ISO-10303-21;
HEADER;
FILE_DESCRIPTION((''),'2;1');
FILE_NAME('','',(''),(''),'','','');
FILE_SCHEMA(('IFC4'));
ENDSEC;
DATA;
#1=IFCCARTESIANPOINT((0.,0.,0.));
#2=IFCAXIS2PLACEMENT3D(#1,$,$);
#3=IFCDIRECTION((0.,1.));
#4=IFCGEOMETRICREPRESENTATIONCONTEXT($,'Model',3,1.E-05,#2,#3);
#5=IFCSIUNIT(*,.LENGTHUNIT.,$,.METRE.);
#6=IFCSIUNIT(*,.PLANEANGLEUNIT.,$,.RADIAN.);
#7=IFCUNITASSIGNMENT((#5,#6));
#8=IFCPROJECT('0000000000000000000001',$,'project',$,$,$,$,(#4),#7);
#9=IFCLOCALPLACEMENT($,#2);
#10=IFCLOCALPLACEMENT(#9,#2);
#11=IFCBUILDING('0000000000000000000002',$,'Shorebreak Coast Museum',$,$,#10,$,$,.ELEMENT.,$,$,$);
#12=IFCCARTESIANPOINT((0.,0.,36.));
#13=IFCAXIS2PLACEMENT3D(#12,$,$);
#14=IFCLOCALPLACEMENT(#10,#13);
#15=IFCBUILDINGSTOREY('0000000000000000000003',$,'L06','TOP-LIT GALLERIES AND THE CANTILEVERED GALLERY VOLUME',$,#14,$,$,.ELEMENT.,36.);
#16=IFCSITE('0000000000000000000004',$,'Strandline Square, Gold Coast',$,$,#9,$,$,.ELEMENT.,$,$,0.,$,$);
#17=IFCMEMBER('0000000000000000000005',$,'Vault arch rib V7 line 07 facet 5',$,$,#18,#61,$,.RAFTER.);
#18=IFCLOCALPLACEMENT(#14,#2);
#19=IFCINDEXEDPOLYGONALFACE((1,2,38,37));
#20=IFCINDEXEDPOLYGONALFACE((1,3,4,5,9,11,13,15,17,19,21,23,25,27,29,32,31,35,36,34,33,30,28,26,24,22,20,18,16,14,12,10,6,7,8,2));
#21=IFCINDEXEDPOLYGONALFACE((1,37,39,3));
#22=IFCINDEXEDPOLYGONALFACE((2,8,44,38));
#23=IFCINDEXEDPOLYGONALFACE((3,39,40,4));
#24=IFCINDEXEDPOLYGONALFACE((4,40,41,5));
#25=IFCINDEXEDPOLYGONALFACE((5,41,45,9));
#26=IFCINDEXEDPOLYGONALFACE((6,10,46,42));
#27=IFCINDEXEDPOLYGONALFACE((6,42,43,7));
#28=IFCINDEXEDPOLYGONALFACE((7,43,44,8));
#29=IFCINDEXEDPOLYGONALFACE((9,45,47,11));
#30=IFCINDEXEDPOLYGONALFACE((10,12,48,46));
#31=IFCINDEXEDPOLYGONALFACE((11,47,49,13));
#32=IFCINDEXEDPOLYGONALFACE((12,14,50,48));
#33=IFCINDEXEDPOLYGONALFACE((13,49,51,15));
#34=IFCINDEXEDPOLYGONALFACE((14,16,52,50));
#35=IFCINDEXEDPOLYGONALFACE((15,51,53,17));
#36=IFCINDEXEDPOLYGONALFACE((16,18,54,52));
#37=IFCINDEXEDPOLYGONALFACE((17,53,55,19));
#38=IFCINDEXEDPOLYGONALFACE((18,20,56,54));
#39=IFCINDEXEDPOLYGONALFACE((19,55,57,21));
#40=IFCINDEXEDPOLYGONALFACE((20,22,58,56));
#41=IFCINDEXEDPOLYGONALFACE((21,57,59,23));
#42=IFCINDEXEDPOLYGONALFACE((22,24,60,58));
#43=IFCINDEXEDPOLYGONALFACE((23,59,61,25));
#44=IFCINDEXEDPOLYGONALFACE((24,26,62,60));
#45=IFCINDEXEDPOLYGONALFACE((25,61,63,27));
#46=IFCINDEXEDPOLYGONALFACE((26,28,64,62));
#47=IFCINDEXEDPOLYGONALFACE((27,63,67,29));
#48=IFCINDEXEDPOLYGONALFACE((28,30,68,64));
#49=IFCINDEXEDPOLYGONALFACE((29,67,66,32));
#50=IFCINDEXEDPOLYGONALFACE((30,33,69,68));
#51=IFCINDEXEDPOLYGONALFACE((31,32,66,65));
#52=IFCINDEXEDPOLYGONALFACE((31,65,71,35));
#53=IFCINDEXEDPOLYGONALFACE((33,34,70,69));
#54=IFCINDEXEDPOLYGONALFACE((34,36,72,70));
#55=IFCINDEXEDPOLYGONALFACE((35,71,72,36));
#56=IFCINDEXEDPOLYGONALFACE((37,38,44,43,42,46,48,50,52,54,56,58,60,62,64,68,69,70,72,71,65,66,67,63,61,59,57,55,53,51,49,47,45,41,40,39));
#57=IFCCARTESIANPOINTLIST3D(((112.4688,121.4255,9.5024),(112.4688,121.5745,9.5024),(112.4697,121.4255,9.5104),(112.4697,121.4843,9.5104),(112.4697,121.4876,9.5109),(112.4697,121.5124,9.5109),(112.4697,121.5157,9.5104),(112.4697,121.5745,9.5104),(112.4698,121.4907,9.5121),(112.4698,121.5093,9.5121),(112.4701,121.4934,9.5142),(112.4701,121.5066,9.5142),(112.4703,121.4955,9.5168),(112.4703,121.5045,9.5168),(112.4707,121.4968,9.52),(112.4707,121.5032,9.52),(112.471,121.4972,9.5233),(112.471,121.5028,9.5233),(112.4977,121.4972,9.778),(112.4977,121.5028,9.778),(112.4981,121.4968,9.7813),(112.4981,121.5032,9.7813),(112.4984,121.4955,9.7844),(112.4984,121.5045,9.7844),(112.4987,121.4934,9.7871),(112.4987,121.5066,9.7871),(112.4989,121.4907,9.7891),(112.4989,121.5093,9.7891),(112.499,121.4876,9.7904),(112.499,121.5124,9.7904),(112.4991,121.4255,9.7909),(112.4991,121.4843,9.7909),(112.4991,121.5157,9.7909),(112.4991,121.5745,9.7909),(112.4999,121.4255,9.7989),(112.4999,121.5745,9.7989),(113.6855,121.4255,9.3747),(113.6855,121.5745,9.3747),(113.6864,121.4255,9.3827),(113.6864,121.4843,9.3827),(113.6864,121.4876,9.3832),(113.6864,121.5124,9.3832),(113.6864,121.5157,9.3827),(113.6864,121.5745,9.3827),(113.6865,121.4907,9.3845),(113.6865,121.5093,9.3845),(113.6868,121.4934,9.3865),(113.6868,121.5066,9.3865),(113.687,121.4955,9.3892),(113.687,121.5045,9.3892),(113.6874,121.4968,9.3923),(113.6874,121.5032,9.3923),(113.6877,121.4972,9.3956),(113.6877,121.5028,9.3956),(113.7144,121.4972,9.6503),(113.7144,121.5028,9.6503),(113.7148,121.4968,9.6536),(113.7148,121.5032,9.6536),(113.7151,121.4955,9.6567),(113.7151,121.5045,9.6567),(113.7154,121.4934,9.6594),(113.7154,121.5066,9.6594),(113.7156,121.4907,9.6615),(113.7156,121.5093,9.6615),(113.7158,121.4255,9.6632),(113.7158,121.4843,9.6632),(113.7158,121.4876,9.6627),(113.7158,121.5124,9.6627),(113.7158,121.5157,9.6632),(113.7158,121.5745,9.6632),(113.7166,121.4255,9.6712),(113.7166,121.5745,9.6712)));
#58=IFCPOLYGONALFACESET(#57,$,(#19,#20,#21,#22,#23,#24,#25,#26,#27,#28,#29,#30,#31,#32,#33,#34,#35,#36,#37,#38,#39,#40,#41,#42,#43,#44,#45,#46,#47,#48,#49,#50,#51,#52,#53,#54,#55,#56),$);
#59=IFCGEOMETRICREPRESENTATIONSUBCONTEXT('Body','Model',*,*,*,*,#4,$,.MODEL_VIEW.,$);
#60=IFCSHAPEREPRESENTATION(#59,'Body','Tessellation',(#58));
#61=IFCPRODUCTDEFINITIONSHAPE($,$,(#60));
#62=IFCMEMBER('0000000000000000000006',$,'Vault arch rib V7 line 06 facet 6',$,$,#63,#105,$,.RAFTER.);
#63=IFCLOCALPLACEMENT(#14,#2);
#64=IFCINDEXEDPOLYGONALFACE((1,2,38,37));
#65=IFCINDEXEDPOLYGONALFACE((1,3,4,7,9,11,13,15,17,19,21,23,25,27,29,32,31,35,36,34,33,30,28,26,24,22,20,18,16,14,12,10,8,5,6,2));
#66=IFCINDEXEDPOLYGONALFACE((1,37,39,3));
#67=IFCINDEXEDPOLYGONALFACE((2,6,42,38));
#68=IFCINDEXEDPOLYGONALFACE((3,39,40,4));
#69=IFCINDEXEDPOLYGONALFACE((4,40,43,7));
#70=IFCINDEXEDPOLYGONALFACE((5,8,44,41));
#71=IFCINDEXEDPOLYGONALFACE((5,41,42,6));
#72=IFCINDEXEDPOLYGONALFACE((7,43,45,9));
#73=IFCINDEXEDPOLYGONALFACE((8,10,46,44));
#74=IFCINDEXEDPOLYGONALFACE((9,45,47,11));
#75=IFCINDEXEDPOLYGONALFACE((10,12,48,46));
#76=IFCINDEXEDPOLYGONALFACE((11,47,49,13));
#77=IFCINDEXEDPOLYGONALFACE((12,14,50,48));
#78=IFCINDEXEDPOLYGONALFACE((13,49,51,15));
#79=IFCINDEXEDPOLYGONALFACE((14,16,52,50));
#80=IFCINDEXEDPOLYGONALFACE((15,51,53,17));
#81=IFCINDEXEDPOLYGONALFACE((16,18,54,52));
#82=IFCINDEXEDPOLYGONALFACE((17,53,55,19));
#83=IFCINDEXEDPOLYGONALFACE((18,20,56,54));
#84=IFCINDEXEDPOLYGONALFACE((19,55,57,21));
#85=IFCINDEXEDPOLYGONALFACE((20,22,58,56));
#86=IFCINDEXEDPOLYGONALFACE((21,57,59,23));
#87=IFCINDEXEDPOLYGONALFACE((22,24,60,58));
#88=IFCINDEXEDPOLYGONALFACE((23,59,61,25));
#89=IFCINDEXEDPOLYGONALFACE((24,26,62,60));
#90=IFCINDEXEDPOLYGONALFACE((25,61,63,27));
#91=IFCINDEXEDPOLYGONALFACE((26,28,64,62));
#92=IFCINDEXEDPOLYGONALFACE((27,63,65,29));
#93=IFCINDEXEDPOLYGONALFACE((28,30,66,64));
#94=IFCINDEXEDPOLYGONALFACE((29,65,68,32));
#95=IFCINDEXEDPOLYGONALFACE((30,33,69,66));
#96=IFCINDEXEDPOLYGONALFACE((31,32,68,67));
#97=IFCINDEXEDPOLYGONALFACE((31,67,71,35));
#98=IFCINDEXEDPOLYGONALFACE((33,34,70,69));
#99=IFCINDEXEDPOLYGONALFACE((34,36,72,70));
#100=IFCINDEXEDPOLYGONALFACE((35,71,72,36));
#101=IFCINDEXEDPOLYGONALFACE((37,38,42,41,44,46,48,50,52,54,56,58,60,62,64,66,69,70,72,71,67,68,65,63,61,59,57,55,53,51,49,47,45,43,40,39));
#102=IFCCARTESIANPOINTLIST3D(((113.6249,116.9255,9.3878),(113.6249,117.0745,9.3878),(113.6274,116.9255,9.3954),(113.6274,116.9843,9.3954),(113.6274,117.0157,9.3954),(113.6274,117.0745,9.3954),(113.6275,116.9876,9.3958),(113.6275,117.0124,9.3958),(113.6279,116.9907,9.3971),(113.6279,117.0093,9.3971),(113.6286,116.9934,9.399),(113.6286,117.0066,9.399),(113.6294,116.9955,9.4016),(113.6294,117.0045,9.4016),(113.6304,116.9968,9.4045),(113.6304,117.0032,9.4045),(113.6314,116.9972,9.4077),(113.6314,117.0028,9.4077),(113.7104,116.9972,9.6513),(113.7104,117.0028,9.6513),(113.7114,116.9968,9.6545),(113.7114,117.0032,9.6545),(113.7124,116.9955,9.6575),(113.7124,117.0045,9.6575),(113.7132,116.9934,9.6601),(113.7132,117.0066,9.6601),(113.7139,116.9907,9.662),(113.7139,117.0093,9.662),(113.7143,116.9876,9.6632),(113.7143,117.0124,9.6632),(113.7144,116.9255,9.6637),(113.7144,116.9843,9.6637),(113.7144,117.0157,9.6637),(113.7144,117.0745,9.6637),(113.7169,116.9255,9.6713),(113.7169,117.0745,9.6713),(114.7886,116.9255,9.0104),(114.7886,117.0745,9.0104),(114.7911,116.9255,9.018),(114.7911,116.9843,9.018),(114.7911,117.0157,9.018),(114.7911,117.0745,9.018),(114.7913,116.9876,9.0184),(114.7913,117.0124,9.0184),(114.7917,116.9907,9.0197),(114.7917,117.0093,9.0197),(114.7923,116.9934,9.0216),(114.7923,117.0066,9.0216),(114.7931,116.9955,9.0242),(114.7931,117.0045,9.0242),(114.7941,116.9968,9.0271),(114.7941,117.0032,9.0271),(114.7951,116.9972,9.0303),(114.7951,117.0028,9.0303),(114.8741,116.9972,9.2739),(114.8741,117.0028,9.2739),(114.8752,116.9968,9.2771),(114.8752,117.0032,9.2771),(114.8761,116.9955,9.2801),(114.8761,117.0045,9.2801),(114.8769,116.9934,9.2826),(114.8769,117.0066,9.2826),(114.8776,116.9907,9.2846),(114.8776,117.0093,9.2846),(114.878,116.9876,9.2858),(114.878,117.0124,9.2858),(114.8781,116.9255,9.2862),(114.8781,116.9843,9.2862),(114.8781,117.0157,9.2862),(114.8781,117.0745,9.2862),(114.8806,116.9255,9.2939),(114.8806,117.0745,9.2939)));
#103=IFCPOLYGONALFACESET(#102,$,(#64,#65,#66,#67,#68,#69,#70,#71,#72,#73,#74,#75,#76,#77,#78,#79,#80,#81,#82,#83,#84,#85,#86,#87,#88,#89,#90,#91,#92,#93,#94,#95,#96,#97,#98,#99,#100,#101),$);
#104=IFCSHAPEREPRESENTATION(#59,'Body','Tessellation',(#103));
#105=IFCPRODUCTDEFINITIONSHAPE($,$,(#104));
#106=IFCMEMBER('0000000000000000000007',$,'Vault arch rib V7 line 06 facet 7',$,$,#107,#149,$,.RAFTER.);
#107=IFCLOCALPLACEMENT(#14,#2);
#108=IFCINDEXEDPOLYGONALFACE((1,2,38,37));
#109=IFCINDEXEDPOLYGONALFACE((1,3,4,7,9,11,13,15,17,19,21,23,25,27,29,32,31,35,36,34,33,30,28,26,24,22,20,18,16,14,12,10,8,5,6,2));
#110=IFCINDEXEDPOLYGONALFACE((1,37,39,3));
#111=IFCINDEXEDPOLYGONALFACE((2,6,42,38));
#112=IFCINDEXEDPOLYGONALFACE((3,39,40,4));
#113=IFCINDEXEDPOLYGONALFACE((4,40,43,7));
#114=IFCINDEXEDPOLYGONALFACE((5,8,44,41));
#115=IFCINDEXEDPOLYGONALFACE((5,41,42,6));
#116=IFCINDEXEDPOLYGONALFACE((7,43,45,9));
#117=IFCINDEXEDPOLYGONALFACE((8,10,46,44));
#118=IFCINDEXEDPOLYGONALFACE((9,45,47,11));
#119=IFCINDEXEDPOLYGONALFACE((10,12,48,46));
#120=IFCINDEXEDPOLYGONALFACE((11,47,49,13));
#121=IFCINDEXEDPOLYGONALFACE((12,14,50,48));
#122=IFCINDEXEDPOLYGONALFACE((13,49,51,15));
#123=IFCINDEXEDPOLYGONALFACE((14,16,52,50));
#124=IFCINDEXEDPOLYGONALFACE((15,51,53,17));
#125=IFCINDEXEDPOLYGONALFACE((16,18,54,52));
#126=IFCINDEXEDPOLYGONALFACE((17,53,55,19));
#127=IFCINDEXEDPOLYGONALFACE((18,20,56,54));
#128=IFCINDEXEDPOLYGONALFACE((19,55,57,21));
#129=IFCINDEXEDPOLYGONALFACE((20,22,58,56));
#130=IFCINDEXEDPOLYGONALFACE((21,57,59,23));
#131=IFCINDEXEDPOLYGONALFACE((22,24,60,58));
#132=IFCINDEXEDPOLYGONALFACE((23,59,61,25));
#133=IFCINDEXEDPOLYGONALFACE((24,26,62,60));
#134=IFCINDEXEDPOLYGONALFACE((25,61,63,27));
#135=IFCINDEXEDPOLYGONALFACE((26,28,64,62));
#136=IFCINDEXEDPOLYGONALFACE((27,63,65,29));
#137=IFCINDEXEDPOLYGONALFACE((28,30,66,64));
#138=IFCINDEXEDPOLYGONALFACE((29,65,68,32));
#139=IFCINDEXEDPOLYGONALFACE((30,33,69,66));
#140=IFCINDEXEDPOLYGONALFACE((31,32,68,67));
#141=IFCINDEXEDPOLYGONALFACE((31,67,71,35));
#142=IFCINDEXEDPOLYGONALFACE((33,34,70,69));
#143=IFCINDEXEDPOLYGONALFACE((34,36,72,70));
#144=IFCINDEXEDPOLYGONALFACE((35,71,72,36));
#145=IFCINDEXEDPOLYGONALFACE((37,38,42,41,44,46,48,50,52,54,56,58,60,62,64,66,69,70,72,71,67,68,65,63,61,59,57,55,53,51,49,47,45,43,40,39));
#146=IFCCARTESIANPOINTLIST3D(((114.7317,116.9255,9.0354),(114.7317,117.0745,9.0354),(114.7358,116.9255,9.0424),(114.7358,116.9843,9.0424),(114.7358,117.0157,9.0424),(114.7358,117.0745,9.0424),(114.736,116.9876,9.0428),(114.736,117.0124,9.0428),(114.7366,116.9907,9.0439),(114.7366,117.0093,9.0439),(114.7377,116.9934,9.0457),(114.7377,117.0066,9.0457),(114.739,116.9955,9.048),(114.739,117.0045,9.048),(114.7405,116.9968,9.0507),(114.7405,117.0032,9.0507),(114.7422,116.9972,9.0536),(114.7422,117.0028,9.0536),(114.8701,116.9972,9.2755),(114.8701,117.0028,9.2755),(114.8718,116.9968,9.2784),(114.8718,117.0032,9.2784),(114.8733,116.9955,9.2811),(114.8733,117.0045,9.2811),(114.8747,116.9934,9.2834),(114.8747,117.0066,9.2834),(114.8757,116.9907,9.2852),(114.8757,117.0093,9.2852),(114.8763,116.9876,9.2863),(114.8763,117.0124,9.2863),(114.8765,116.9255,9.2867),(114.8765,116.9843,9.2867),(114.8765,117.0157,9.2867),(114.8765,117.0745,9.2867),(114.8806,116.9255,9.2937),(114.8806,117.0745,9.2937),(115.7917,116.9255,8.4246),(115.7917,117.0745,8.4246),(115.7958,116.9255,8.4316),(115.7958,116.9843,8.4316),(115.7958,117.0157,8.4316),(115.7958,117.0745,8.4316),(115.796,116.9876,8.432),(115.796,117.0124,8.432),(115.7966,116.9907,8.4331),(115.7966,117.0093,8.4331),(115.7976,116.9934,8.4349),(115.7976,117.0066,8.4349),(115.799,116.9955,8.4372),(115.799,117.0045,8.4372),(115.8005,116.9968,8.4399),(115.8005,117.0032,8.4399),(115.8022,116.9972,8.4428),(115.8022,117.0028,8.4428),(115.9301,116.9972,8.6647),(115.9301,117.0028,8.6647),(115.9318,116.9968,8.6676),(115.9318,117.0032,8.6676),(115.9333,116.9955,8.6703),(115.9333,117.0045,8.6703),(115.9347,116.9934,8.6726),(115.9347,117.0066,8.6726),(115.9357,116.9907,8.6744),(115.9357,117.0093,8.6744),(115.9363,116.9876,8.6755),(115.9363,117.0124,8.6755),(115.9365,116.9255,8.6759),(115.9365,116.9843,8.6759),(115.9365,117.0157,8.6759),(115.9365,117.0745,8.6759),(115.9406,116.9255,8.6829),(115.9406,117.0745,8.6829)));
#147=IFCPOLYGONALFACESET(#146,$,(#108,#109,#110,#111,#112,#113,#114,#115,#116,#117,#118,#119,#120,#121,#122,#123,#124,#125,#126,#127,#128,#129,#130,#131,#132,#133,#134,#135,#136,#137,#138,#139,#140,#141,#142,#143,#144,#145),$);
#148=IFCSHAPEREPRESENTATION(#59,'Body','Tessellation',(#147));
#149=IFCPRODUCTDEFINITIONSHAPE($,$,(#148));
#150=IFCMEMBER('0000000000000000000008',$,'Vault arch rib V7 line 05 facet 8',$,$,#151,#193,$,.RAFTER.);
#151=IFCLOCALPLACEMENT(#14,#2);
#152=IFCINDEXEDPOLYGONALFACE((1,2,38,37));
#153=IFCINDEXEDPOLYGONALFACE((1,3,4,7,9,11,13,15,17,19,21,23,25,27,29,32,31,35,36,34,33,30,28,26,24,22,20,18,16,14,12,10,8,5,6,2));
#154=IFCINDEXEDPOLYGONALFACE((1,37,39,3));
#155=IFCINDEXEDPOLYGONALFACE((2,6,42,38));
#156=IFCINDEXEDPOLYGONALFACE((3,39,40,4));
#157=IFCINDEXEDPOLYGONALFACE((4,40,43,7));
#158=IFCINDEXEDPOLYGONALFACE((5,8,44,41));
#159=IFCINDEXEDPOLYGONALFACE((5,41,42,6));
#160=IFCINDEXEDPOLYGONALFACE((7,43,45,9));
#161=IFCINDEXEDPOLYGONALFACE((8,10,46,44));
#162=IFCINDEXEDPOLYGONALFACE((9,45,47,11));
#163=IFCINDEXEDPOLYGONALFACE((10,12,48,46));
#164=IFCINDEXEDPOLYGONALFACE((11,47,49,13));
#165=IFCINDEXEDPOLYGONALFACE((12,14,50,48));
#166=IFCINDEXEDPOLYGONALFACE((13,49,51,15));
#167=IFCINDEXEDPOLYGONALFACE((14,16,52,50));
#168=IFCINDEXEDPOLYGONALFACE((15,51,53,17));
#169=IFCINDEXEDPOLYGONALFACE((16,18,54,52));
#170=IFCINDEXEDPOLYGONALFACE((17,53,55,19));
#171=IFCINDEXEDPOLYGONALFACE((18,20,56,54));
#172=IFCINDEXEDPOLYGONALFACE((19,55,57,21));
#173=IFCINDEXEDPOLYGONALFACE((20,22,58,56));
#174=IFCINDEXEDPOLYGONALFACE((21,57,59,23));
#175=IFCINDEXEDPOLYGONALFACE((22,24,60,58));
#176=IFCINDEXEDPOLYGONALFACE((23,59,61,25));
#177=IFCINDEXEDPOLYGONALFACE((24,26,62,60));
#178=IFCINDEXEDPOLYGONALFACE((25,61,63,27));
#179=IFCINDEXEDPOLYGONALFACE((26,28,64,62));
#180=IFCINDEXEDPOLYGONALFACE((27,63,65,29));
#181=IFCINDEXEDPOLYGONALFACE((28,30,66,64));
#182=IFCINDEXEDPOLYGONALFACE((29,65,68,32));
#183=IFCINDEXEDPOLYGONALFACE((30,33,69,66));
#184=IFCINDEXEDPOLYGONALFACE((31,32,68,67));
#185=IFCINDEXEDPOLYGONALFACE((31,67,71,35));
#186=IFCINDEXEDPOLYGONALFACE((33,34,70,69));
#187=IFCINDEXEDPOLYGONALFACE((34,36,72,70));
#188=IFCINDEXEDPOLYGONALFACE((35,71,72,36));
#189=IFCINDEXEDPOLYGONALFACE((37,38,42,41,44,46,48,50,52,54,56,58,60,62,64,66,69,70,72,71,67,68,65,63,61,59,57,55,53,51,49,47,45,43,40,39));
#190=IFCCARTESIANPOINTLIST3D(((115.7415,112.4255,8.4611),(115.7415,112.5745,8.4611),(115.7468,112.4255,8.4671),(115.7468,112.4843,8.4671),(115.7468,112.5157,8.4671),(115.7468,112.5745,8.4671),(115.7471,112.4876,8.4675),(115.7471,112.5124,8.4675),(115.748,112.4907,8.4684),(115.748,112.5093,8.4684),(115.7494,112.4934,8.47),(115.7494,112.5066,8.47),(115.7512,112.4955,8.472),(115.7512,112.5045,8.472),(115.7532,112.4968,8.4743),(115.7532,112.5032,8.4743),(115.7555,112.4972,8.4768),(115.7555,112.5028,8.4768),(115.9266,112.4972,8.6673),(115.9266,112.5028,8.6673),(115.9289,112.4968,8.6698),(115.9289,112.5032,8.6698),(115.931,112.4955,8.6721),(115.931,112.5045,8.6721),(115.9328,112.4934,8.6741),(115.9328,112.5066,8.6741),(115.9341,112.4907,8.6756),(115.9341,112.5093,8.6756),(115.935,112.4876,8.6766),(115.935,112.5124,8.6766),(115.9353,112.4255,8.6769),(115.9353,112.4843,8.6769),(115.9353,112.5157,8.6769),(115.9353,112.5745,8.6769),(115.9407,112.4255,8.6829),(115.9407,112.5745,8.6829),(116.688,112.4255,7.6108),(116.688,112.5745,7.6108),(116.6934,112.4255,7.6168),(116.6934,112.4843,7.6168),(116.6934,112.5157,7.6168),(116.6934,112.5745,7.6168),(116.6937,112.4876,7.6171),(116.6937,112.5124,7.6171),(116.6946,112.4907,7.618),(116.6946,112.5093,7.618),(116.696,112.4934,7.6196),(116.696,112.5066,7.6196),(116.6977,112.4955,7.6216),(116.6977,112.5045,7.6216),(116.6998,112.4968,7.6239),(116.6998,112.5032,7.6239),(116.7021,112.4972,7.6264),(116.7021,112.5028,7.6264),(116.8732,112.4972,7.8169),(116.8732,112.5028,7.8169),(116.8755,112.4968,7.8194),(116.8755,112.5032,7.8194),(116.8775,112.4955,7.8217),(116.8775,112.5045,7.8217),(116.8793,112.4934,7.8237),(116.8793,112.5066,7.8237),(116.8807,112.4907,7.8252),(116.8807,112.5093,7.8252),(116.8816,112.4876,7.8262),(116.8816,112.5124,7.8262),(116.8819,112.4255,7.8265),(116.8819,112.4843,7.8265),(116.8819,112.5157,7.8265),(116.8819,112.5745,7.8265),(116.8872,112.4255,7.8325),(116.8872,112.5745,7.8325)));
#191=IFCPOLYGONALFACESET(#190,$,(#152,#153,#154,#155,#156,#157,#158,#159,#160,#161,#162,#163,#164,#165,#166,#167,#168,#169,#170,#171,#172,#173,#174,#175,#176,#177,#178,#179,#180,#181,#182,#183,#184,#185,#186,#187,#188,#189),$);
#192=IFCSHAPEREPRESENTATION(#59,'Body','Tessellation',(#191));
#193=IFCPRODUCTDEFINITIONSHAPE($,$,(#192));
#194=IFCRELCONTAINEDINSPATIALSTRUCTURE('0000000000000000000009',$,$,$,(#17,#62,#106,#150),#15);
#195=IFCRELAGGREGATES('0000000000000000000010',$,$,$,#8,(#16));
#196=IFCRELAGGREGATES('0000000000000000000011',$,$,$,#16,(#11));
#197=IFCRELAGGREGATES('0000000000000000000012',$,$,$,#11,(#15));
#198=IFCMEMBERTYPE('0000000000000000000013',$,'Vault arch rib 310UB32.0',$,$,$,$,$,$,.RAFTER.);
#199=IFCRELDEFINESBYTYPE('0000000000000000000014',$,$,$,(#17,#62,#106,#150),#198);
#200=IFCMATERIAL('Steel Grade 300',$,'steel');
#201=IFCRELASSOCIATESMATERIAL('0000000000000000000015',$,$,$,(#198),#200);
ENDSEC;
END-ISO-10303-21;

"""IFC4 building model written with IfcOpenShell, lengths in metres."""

from ifc_helpers import new_model, si_unit, direction, frame, origin, origin_2d, place, context, subcontext, project, spatial, i_section, extrude, material, material_profile, profile_set, type_object, element, save


model = new_model("IFC4")

# Units and contexts
model_context = context("Model", 3, precision=1e-05, world=origin(), true_north=direction((0.0, 1.0)))
body_context = subcontext(model_context, "Body", "Model", "MODEL_VIEW")
ifc_project = project(units=[si_unit("LENGTHUNIT", "METRE"), si_unit("PLANEANGLEUNIT", "RADIAN")], contexts=[model_context])

# Site, building, storey
site_placement = place(None, origin())
site = spatial("IfcSite", under=ifc_project, at=site_placement, Name="Strandline Square, Gold Coast", CompositionType="ELEMENT", RefElevation=0.0)
building_placement = place(site_placement, origin())
building = spatial("IfcBuilding", under=site, at=building_placement, Name="Shorebreak Coast Museum", CompositionType="ELEMENT")
storey_placement = place(building_placement, frame((0.0, 0.0, 36.0)))
storey = spatial("IfcBuildingStorey", under=building, at=storey_placement, Name="L06", Description="TOP-LIT GALLERIES AND THE CANTILEVERED GALLERY VOLUME", CompositionType="ELEMENT", Elevation=36.0)

# Members
ifc_material_1 = material(Name="Steel Grade 300", Category="steel")
ifc_material_profile_1 = material_profile(ifc_material_1, i_section(OverallWidth=0.1489, OverallDepth=0.2981, WebThickness=0.0056, FlangeThickness=0.0081, FilletRadius=0.0129, at=origin_2d()), Name="310UB32.0")
ifc_profile_set_1 = profile_set([ifc_material_profile_1], Name="Steel Grade 300")
member_type_1 = type_object("IfcMemberType", Name="Vault arch rib 310UB32.0", PredefinedType="RAFTER", material=ifc_profile_set_1)
for number, where, z_axis, x_axis, name in (
    (1, (112.4844, 121.5, 9.6506), (0.994539, 0.0, -0.104363), (0.0, 1.0, 0.0), "Vault arch rib V7 line 07 facet 5"),
    (2, (113.6709, 117.0, 9.5295), (0.951226, 0.0, -0.308495), (0.0, 1.0, 0.0), "Vault arch rib V7 line 06 facet 6"),
    (3, (114.8062, 117.0, 9.1646), (0.866445, 0.0, -0.499273), (0.0, 1.0, 0.0), "Vault arch rib V7 line 06 facet 7"),
):
    element("IfcMember", number, at=place(storey_placement, frame(where, z_axis=z_axis, x_axis=x_axis)), inside=storey, type_object=member_type_1, Name=name, PredefinedType="RAFTER", context=body_context, shape_type="SweptSolid", body=[
        extrude(i_section(OverallWidth=0.1489, OverallDepth=0.2981, WebThickness=0.0056, FlangeThickness=0.0081, FilletRadius=0.0129, at=origin_2d()), origin(), (0.0, 0.0, 1.0), 1.2234),
    ])
for number, where, z_axis, x_axis, name in (
    (4, (115.8411, 112.5, 8.572), (0.743895, 0.0, -0.668297), (0.0, 1.0, 0.0), "Vault arch rib V7 line 05 facet 8"),
):
    element("IfcMember", number, at=place(storey_placement, frame(where, z_axis=z_axis, x_axis=x_axis)), inside=storey, type_object=member_type_1, Name=name, PredefinedType="RAFTER", context=body_context, shape_type="SweptSolid", body=[
        extrude(i_section(OverallWidth=0.1489, OverallDepth=0.2981, WebThickness=0.0056, FlangeThickness=0.0081, FilletRadius=0.0129, at=origin_2d()), origin(), (0.0, 0.0, 1.0), 1.2725),
    ])

save(model, "model.ifc")
